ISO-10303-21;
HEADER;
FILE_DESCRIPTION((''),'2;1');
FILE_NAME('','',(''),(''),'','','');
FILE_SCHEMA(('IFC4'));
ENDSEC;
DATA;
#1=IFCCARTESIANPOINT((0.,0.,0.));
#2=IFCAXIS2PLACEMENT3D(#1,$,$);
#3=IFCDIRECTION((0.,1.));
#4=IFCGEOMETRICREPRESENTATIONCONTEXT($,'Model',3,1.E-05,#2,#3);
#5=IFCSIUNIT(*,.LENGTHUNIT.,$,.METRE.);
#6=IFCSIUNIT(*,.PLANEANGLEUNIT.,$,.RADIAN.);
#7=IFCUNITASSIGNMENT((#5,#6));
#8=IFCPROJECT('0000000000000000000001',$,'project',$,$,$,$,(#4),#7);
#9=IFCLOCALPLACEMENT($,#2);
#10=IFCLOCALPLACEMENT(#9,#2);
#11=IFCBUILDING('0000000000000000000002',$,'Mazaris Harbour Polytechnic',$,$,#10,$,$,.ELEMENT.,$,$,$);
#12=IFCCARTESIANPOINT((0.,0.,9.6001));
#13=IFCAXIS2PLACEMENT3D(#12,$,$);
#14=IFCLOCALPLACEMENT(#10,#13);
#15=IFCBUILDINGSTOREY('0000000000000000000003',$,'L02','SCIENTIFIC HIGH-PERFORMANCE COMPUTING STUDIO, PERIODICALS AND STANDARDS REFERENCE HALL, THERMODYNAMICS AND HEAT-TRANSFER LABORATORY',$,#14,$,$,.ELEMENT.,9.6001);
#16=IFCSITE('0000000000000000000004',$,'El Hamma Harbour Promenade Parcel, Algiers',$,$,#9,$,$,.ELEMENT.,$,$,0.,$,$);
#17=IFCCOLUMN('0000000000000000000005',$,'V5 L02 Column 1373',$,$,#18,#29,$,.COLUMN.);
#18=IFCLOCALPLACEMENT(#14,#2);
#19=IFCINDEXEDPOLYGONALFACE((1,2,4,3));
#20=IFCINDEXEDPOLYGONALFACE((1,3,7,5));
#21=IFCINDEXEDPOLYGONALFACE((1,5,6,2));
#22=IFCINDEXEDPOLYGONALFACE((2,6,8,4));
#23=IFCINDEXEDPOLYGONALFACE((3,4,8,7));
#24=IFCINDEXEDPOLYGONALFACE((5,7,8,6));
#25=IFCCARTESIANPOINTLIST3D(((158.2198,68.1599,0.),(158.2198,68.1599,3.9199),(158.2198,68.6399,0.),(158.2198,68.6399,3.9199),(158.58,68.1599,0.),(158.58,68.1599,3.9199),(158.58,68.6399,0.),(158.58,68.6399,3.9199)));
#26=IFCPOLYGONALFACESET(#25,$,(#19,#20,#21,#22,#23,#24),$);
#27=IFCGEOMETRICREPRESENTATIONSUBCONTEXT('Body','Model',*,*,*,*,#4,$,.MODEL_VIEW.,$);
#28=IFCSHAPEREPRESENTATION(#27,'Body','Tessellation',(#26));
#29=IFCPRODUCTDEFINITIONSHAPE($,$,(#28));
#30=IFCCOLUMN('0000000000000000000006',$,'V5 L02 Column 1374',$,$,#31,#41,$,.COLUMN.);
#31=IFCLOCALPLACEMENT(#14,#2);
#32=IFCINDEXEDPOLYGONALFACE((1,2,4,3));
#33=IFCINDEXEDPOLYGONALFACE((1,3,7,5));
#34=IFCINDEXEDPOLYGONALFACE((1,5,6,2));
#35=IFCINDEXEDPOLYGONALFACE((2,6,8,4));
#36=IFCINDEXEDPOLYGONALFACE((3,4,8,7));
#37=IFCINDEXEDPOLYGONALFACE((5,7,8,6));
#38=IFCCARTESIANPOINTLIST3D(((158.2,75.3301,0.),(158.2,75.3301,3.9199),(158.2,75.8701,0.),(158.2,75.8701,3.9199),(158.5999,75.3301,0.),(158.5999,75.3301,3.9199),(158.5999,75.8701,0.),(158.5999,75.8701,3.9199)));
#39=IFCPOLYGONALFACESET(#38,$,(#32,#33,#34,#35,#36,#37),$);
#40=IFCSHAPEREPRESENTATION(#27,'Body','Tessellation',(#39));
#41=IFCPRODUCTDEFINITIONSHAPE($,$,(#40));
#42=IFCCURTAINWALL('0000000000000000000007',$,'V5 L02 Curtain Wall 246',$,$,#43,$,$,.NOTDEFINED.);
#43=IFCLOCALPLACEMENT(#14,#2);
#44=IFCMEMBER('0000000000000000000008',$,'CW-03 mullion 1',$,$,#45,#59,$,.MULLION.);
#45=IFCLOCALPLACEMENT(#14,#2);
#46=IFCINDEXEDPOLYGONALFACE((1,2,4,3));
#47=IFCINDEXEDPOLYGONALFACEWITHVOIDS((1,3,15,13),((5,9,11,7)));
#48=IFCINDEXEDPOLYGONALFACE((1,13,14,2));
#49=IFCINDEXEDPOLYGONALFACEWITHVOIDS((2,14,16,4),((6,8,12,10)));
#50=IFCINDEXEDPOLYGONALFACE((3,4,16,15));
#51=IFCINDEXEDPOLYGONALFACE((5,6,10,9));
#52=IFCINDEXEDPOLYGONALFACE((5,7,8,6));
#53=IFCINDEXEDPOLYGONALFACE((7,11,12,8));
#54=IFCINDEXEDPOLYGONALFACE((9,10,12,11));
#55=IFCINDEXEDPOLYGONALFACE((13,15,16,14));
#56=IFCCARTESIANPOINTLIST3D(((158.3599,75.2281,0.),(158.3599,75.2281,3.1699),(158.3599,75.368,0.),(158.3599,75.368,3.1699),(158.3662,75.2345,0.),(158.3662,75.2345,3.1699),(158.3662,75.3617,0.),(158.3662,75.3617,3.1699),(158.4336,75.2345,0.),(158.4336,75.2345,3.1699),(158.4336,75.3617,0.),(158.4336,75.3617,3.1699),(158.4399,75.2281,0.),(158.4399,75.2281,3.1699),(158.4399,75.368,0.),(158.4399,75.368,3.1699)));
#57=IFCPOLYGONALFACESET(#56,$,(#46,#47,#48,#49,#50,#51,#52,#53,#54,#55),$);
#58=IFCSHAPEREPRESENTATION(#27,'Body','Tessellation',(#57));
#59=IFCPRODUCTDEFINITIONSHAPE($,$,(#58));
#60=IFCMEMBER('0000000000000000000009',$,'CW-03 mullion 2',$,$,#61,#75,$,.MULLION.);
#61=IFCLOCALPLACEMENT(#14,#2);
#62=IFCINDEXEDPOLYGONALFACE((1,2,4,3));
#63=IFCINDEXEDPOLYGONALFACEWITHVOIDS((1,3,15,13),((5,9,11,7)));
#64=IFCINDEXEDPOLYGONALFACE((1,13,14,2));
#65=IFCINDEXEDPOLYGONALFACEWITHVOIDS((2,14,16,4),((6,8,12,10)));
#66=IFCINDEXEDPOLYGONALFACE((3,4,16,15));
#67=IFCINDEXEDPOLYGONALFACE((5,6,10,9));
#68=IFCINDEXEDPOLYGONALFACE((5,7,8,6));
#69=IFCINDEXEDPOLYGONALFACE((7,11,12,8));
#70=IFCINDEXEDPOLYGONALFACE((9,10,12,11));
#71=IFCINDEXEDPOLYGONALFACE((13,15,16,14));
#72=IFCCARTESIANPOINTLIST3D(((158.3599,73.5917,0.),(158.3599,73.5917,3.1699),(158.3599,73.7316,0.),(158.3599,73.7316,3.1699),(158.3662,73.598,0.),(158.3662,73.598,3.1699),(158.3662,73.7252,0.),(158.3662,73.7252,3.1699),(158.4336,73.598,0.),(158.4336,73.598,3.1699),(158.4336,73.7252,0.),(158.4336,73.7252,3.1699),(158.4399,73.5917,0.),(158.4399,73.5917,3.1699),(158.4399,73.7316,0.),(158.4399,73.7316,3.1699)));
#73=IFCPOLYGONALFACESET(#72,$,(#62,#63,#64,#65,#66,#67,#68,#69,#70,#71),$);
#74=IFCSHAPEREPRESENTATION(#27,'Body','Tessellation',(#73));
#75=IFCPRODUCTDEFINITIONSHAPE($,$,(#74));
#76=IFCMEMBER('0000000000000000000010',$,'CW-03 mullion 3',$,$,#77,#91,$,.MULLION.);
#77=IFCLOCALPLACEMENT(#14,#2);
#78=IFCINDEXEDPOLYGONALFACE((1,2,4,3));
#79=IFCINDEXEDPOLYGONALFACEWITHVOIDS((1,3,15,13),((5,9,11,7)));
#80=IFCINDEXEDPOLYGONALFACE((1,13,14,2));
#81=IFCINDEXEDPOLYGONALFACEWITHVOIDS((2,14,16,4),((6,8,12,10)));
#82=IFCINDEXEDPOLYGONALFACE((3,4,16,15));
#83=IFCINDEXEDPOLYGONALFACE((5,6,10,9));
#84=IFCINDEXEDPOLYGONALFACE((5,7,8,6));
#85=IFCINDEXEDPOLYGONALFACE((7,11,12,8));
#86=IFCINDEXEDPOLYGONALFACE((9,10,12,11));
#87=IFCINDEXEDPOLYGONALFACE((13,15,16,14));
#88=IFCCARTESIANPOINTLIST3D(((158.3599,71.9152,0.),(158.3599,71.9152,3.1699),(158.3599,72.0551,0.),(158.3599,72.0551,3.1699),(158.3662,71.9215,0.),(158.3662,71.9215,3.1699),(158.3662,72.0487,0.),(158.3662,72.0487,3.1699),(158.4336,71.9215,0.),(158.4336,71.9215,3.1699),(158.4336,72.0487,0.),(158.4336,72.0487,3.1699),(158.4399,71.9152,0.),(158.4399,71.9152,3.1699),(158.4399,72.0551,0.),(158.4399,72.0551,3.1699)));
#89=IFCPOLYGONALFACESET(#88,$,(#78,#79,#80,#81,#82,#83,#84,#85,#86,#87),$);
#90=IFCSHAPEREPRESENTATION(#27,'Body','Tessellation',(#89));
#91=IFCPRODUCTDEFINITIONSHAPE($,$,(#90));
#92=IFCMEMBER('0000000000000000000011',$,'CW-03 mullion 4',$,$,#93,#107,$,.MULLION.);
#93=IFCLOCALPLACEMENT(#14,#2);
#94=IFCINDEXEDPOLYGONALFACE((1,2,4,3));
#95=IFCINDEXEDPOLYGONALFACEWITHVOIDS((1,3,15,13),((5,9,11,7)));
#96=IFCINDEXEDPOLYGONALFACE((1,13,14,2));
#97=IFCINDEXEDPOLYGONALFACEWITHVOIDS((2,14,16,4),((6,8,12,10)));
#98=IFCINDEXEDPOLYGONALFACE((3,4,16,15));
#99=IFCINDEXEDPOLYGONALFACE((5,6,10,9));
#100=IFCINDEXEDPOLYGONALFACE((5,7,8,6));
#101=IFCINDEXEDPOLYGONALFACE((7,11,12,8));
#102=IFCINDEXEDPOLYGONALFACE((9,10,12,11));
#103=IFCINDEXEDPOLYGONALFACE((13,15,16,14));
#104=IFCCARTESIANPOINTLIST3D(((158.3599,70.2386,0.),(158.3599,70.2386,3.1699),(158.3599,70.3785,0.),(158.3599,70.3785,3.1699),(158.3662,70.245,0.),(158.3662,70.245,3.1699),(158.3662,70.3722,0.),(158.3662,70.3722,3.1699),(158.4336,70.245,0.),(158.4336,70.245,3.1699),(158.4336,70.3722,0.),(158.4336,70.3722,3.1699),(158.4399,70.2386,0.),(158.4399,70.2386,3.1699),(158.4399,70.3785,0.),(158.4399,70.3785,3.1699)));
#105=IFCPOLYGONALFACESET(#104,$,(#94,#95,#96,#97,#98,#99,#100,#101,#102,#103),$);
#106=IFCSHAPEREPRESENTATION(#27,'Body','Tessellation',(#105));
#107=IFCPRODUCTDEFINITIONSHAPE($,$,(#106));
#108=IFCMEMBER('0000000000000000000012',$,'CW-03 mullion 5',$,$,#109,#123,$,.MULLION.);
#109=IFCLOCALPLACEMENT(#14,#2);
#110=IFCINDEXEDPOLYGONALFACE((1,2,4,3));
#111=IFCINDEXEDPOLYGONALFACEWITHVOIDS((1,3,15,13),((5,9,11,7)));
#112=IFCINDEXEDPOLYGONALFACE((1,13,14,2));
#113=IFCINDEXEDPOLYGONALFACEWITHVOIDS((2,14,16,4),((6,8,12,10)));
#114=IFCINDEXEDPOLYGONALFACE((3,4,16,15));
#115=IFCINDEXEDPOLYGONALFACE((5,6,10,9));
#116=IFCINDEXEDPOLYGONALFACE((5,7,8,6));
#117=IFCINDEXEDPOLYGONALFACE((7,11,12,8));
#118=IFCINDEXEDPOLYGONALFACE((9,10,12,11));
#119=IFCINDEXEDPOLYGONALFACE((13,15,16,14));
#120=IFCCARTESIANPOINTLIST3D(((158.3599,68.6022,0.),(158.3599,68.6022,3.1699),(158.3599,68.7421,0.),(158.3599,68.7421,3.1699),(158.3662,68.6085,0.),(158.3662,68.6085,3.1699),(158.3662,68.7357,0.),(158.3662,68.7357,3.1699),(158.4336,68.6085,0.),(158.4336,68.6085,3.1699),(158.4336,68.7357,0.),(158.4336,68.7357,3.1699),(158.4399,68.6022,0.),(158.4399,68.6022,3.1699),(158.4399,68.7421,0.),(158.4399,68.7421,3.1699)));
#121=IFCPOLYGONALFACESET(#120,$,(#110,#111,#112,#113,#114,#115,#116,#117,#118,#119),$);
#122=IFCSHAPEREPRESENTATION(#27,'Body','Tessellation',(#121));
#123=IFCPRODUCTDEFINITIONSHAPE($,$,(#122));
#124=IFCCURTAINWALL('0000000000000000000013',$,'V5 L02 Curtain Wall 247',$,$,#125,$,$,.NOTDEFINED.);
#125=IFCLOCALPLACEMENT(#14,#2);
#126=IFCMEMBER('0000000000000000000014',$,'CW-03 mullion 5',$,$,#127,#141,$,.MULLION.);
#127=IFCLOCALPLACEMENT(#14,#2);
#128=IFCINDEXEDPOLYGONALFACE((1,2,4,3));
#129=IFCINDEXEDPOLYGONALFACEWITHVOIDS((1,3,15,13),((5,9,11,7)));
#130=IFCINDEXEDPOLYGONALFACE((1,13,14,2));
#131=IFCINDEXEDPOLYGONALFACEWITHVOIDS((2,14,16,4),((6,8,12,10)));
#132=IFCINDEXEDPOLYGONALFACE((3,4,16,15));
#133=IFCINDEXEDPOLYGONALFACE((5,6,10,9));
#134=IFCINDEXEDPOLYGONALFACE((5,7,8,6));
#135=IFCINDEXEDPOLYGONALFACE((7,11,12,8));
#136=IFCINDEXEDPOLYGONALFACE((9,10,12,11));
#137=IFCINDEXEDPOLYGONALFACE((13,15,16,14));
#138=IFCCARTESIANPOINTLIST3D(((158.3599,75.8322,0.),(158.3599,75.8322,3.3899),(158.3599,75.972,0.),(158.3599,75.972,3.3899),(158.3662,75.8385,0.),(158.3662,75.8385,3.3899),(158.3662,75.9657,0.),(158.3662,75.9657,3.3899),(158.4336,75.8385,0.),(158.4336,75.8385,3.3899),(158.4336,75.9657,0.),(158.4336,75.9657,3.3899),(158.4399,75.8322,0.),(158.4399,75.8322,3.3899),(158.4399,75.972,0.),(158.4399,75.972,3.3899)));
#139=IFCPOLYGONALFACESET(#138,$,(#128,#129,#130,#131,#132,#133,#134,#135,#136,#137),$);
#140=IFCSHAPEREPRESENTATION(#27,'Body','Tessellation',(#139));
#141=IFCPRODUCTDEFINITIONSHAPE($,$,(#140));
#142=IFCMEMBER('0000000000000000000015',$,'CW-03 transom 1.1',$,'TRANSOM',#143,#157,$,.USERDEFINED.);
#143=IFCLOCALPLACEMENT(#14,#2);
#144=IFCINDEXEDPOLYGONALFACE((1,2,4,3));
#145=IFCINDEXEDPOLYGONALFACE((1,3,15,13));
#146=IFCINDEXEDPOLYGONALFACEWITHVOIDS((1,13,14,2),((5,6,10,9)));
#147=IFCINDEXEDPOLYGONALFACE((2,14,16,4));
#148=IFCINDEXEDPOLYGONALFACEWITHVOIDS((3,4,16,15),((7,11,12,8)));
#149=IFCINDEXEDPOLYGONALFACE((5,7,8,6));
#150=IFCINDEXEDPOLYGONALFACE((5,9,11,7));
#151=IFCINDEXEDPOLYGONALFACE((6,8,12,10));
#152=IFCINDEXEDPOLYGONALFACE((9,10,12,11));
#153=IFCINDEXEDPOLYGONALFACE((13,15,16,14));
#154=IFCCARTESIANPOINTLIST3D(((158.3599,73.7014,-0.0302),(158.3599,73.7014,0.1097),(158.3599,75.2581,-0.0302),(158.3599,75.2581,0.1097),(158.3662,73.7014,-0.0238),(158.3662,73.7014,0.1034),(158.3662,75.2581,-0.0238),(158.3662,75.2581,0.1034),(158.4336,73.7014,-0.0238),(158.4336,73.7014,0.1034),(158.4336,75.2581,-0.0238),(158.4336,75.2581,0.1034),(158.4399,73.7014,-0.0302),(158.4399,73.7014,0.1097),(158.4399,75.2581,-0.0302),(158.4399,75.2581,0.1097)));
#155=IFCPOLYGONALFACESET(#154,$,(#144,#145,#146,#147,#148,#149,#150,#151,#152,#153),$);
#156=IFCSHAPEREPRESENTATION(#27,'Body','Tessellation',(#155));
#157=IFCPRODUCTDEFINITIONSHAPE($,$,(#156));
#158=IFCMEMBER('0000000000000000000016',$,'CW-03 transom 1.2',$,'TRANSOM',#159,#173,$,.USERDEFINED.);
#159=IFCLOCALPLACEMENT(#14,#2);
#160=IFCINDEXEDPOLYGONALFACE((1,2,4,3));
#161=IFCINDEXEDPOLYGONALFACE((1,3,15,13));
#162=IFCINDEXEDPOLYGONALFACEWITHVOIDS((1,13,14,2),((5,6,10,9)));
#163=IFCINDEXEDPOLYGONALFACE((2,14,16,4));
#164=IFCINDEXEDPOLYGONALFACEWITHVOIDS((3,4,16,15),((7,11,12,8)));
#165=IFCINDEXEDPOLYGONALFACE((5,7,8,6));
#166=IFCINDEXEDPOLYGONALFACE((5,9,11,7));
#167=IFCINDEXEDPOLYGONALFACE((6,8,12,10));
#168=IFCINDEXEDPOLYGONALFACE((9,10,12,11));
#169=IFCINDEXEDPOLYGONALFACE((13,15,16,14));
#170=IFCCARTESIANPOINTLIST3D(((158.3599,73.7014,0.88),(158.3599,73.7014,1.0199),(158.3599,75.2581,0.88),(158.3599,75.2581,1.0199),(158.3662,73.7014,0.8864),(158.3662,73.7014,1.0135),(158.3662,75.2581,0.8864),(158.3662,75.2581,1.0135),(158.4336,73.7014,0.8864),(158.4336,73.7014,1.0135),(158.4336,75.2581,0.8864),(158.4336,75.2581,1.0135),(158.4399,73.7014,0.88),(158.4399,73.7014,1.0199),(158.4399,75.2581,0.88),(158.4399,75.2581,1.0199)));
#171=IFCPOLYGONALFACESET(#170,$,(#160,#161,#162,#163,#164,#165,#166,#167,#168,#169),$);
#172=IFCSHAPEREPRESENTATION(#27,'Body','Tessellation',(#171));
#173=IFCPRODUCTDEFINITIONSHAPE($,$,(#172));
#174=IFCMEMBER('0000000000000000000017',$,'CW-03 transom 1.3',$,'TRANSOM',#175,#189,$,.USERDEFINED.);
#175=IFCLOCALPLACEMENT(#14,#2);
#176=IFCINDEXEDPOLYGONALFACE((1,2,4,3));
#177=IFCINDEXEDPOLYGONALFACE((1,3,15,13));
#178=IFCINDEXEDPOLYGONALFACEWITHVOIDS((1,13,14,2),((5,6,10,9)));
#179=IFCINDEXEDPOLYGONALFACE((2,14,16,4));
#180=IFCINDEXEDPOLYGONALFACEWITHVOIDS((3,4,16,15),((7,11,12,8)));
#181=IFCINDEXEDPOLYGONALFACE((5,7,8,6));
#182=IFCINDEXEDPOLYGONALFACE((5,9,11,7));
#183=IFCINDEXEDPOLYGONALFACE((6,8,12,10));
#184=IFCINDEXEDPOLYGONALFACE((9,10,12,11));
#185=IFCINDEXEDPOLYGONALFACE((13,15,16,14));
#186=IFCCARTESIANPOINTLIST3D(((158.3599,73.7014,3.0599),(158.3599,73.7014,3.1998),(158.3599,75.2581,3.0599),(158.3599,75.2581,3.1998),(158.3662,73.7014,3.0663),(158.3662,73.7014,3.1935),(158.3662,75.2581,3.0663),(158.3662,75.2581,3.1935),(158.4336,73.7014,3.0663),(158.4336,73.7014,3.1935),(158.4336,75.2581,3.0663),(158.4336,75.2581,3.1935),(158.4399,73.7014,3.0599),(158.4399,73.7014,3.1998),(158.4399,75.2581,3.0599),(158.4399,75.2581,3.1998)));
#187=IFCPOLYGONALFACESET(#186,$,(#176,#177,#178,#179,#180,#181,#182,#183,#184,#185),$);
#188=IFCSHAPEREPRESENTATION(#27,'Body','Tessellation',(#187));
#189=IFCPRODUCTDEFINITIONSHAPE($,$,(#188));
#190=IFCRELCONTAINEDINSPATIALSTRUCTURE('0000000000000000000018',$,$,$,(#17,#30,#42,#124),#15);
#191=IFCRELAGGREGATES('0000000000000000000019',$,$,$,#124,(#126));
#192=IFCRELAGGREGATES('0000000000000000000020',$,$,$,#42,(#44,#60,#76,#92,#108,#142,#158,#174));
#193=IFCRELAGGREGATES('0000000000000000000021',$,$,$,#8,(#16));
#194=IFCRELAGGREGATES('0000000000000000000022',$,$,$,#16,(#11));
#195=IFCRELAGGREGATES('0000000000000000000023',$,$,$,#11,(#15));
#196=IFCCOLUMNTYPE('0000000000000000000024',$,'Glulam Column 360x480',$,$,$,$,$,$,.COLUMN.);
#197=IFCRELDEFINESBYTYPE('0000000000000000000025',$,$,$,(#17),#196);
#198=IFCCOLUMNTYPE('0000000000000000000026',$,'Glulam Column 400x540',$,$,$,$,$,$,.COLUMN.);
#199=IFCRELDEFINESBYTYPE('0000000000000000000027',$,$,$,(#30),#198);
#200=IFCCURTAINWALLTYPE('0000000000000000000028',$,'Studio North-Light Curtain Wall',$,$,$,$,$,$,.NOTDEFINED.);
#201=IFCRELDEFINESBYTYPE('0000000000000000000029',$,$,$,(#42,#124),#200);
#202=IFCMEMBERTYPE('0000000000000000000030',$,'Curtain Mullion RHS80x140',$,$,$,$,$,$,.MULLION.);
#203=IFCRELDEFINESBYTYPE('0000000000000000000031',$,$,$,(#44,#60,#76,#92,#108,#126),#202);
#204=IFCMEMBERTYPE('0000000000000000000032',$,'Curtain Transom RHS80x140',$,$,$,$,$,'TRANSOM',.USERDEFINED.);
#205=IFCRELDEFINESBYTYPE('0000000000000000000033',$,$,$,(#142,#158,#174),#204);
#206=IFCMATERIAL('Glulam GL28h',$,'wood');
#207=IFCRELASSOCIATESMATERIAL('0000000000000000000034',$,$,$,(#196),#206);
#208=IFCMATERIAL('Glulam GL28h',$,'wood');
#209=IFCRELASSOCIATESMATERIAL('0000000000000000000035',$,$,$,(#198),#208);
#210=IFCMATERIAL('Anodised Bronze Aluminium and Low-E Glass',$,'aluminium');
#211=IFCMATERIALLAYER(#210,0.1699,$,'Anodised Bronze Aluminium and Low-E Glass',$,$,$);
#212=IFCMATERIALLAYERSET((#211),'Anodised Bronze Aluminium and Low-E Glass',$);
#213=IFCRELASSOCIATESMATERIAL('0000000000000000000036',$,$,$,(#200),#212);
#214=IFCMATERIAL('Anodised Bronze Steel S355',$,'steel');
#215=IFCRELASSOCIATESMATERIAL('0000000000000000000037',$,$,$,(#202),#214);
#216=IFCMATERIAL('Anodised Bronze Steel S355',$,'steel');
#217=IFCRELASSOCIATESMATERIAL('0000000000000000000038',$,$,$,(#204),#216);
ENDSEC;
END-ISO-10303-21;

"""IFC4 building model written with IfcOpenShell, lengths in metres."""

from ifc_helpers import new_model, si_unit, direction, frame, origin, origin_2d, place, context, subcontext, project, spatial, rectangle, hollow_rectangle, extrude, material, layer, layer_set, material_profile, profile_set, type_object, element, aggregate, save


model = new_model("IFC4")

# Units and contexts
model_context = context("Model", 3, precision=1e-05, world=origin(), true_north=direction((0.0, 1.0)))
body_context = subcontext(model_context, "Body", "Model", "MODEL_VIEW")
ifc_project = project(units=[si_unit("LENGTHUNIT", "METRE"), si_unit("PLANEANGLEUNIT", "RADIAN")], contexts=[model_context])

# Site, building, storey
site_placement = place(None, origin())
site = spatial("IfcSite", under=ifc_project, at=site_placement, Name="El Hamma Harbour Promenade Parcel, Algiers", CompositionType="ELEMENT", RefElevation=0.0)
building_placement = place(site_placement, origin())
building = spatial("IfcBuilding", under=site, at=building_placement, Name="Mazaris Harbour Polytechnic", CompositionType="ELEMENT")
storey_placement = place(building_placement, frame((0.0, 0.0, 9.6001)))
storey = spatial("IfcBuildingStorey", under=building, at=storey_placement, Name="L02", Description="SCIENTIFIC HIGH-PERFORMANCE COMPUTING STUDIO, PERIODICALS AND STANDARDS REFERENCE HALL, THERMODYNAMICS AND HEAT-TRANSFER LABORATORY", CompositionType="ELEMENT", Elevation=9.6001)

# Columns
ifc_material_1 = material(Name="Glulam GL28h", Category="wood")
ifc_material_profile_1 = material_profile(ifc_material_1, rectangle(XDim=0.3601, YDim=0.48, at=origin_2d()), Name="RECT360x480")
ifc_profile_set_1 = profile_set([ifc_material_profile_1], Name="Glulam GL28h")
column_type_1 = type_object("IfcColumnType", Name="Glulam Column 360x480", PredefinedType="COLUMN", material=ifc_profile_set_1)
column_1_placement = place(storey_placement, frame((158.3999, 68.3999, 0.0), z_axis=(0.0, 0.0, 1.0), x_axis=(1.0, 0.0, 0.0)))
element("IfcColumn", 1, at=column_1_placement, inside=storey, type_object=column_type_1, Name="V5 L02 Column 1373", PredefinedType="COLUMN", context=body_context, shape_type="SweptSolid", body=[
    extrude(rectangle(XDim=0.3601, YDim=0.48, at=origin_2d()), origin(), (0.0, 0.0, 1.0), 3.9199),
])
ifc_material_2 = material(Name="Glulam GL28h", Category="wood")
ifc_material_profile_2 = material_profile(ifc_material_2, rectangle(XDim=0.3999, YDim=0.54, at=origin_2d()), Name="RECT400x540")
ifc_profile_set_2 = profile_set([ifc_material_profile_2], Name="Glulam GL28h")
column_type_2 = type_object("IfcColumnType", Name="Glulam Column 400x540", PredefinedType="COLUMN", material=ifc_profile_set_2)
column_2_placement = place(storey_placement, frame((158.3999, 75.6001, 0.0), z_axis=(0.0, 0.0, 1.0), x_axis=(1.0, 0.0, 0.0)))
element("IfcColumn", 2, at=column_2_placement, inside=storey, type_object=column_type_2, Name="V5 L02 Column 1374", PredefinedType="COLUMN", context=body_context, shape_type="SweptSolid", body=[
    extrude(rectangle(XDim=0.3999, YDim=0.54, at=origin_2d()), origin(), (0.0, 0.0, 1.0), 3.9199),
])

# Curtain wall, members
ifc_material_3 = material(Name="Anodised Bronze Aluminium and Low-E Glass", Category="aluminium")
ifc_layer_1 = layer(ifc_material_3, 0.1699, Name="Anodised Bronze Aluminium and Low-E Glass")
ifc_layer_set_1 = layer_set([ifc_layer_1], Name="Anodised Bronze Aluminium and Low-E Glass")
curtain_wall_type = type_object("IfcCurtainWallType", Name="Studio North-Light Curtain Wall", PredefinedType="NOTDEFINED", material=ifc_layer_set_1)
curtain_wall_1_placement = place(storey_placement, origin())
curtain_wall_1 = element("IfcCurtainWall", 3, at=curtain_wall_1_placement, inside=storey, type_object=curtain_wall_type, Name="V5 L02 Curtain Wall 246", PredefinedType="NOTDEFINED")
ifc_material_4 = material(Name="Anodised Bronze Steel S355", Category="steel")
ifc_material_profile_3 = material_profile(ifc_material_4, hollow_rectangle(XDim=0.0801, YDim=0.1399, WallThickness=0.0063, at=origin_2d()), Name="RHS 80x140x6.3")
ifc_profile_set_3 = profile_set([ifc_material_profile_3], Name="Anodised Bronze Steel S355")
member_type_1 = type_object("IfcMemberType", Name="Curtain Mullion RHS80x140", PredefinedType="MULLION", material=ifc_profile_set_3)
member_1_placement = place(storey_placement, frame((158.3999, 75.2981, 0.0), z_axis=(0.0, 0.0, 1.0), x_axis=(1.0, 0.0, 0.0)))
member_1 = element("IfcMember", 4, at=member_1_placement, type_object=member_type_1, Name="CW-03 mullion 1", PredefinedType="MULLION", context=body_context, shape_type="SweptSolid", body=[
    extrude(hollow_rectangle(XDim=0.0801, YDim=0.1399, WallThickness=0.0063, at=origin_2d()), origin(), (0.0, 0.0, 1.0), 3.1699),
])
member_2_placement = place(storey_placement, frame((158.3999, 73.6616, 0.0), z_axis=(0.0, 0.0, 1.0), x_axis=(1.0, 0.0, 0.0)))
member_2 = element("IfcMember", 5, at=member_2_placement, type_object=member_type_1, Name="CW-03 mullion 2", PredefinedType="MULLION", context=body_context, shape_type="SweptSolid", body=[
    extrude(hollow_rectangle(XDim=0.0801, YDim=0.1399, WallThickness=0.0063, at=origin_2d()), origin(), (0.0, 0.0, 1.0), 3.1699),
])
member_3_placement = place(storey_placement, frame((158.3999, 71.9851, 0.0), z_axis=(0.0, 0.0, 1.0), x_axis=(1.0, 0.0, 0.0)))
member_3 = element("IfcMember", 6, at=member_3_placement, type_object=member_type_1, Name="CW-03 mullion 3", PredefinedType="MULLION", context=body_context, shape_type="SweptSolid", body=[
    extrude(hollow_rectangle(XDim=0.0801, YDim=0.1399, WallThickness=0.0063, at=origin_2d()), origin(), (0.0, 0.0, 1.0), 3.1699),
])
member_4_placement = place(storey_placement, frame((158.3999, 70.3086, 0.0), z_axis=(0.0, 0.0, 1.0), x_axis=(1.0, 0.0, 0.0)))
member_4 = element("IfcMember", 7, at=member_4_placement, type_object=member_type_1, Name="CW-03 mullion 4", PredefinedType="MULLION", context=body_context, shape_type="SweptSolid", body=[
    extrude(hollow_rectangle(XDim=0.0801, YDim=0.1399, WallThickness=0.0063, at=origin_2d()), origin(), (0.0, 0.0, 1.0), 3.1699),
])
member_5_placement = place(storey_placement, frame((158.3999, 68.6721, 0.0), z_axis=(0.0, 0.0, 1.0), x_axis=(1.0, 0.0, 0.0)))
member_5 = element("IfcMember", 8, at=member_5_placement, type_object=member_type_1, Name="CW-03 mullion 5", PredefinedType="MULLION", context=body_context, shape_type="SweptSolid", body=[
    extrude(hollow_rectangle(XDim=0.0801, YDim=0.1399, WallThickness=0.0063, at=origin_2d()), origin(), (0.0, 0.0, 1.0), 3.1699),
])

# Curtain wall, member
curtain_wall_2_placement = place(storey_placement, origin())
curtain_wall_2 = element("IfcCurtainWall", 9, at=curtain_wall_2_placement, inside=storey, type_object=curtain_wall_type, Name="V5 L02 Curtain Wall 247", PredefinedType="NOTDEFINED")
member_6_placement = place(storey_placement, frame((158.3999, 75.9021, 0.0), z_axis=(0.0, 0.0, 1.0), x_axis=(1.0, 0.0, 0.0)))
member_6 = element("IfcMember", 10, at=member_6_placement, type_object=member_type_1, Name="CW-03 mullion 5", PredefinedType="MULLION", context=body_context, shape_type="SweptSolid", body=[
    extrude(hollow_rectangle(XDim=0.0801, YDim=0.1399, WallThickness=0.0063, at=origin_2d()), origin(), (0.0, 0.0, 1.0), 3.3899),
])
aggregate(curtain_wall_2, [member_6])

# Members
ifc_material_5 = material(Name="Anodised Bronze Steel S355", Category="steel")
ifc_material_profile_4 = material_profile(ifc_material_5, hollow_rectangle(XDim=0.0801, YDim=0.1399, WallThickness=0.0063, at=origin_2d()), Name="RHS 80x140x6.3")
ifc_profile_set_4 = profile_set([ifc_material_profile_4], Name="Anodised Bronze Steel S355")
member_type_2 = type_object("IfcMemberType", Name="Curtain Transom RHS80x140", ElementType="TRANSOM", PredefinedType="USERDEFINED", material=ifc_profile_set_4)
member_7_placement = place(storey_placement, frame((158.3999, 75.2581, 0.0398), z_axis=(0.0, -1.0, 0.0), x_axis=(1.0, 0.0, 0.0)))
member_7 = element("IfcMember", 11, at=member_7_placement, type_object=member_type_2, Name="CW-03 transom 1.1", ObjectType="TRANSOM", PredefinedType="USERDEFINED", context=body_context, shape_type="SweptSolid", body=[
    extrude(hollow_rectangle(XDim=0.0801, YDim=0.1399, WallThickness=0.0063, at=origin_2d()), origin(), (0.0, 0.0, 1.0), 1.5566),
])
member_8_placement = place(storey_placement, frame((158.3999, 75.2581, 0.95), z_axis=(0.0, -1.0, 0.0), x_axis=(1.0, 0.0, 0.0)))
member_8 = element("IfcMember", 12, at=member_8_placement, type_object=member_type_2, Name="CW-03 transom 1.2", ObjectType="TRANSOM", PredefinedType="USERDEFINED", context=body_context, shape_type="SweptSolid", body=[
    extrude(hollow_rectangle(XDim=0.0801, YDim=0.1399, WallThickness=0.0063, at=origin_2d()), origin(), (0.0, 0.0, 1.0), 1.5566),
])
member_9_placement = place(storey_placement, frame((158.3999, 75.2581, 3.1299), z_axis=(0.0, -1.0, 0.0), x_axis=(1.0, 0.0, 0.0)))
member_9 = element("IfcMember", 13, at=member_9_placement, type_object=member_type_2, Name="CW-03 transom 1.3", ObjectType="TRANSOM", PredefinedType="USERDEFINED", context=body_context, shape_type="SweptSolid", body=[
    extrude(hollow_rectangle(XDim=0.0801, YDim=0.1399, WallThickness=0.0063, at=origin_2d()), origin(), (0.0, 0.0, 1.0), 1.5566),
])

aggregate(curtain_wall_1, [member_1, member_2, member_3, member_4, member_5, member_7, member_8, member_9])

save(model, "model.ifc")
